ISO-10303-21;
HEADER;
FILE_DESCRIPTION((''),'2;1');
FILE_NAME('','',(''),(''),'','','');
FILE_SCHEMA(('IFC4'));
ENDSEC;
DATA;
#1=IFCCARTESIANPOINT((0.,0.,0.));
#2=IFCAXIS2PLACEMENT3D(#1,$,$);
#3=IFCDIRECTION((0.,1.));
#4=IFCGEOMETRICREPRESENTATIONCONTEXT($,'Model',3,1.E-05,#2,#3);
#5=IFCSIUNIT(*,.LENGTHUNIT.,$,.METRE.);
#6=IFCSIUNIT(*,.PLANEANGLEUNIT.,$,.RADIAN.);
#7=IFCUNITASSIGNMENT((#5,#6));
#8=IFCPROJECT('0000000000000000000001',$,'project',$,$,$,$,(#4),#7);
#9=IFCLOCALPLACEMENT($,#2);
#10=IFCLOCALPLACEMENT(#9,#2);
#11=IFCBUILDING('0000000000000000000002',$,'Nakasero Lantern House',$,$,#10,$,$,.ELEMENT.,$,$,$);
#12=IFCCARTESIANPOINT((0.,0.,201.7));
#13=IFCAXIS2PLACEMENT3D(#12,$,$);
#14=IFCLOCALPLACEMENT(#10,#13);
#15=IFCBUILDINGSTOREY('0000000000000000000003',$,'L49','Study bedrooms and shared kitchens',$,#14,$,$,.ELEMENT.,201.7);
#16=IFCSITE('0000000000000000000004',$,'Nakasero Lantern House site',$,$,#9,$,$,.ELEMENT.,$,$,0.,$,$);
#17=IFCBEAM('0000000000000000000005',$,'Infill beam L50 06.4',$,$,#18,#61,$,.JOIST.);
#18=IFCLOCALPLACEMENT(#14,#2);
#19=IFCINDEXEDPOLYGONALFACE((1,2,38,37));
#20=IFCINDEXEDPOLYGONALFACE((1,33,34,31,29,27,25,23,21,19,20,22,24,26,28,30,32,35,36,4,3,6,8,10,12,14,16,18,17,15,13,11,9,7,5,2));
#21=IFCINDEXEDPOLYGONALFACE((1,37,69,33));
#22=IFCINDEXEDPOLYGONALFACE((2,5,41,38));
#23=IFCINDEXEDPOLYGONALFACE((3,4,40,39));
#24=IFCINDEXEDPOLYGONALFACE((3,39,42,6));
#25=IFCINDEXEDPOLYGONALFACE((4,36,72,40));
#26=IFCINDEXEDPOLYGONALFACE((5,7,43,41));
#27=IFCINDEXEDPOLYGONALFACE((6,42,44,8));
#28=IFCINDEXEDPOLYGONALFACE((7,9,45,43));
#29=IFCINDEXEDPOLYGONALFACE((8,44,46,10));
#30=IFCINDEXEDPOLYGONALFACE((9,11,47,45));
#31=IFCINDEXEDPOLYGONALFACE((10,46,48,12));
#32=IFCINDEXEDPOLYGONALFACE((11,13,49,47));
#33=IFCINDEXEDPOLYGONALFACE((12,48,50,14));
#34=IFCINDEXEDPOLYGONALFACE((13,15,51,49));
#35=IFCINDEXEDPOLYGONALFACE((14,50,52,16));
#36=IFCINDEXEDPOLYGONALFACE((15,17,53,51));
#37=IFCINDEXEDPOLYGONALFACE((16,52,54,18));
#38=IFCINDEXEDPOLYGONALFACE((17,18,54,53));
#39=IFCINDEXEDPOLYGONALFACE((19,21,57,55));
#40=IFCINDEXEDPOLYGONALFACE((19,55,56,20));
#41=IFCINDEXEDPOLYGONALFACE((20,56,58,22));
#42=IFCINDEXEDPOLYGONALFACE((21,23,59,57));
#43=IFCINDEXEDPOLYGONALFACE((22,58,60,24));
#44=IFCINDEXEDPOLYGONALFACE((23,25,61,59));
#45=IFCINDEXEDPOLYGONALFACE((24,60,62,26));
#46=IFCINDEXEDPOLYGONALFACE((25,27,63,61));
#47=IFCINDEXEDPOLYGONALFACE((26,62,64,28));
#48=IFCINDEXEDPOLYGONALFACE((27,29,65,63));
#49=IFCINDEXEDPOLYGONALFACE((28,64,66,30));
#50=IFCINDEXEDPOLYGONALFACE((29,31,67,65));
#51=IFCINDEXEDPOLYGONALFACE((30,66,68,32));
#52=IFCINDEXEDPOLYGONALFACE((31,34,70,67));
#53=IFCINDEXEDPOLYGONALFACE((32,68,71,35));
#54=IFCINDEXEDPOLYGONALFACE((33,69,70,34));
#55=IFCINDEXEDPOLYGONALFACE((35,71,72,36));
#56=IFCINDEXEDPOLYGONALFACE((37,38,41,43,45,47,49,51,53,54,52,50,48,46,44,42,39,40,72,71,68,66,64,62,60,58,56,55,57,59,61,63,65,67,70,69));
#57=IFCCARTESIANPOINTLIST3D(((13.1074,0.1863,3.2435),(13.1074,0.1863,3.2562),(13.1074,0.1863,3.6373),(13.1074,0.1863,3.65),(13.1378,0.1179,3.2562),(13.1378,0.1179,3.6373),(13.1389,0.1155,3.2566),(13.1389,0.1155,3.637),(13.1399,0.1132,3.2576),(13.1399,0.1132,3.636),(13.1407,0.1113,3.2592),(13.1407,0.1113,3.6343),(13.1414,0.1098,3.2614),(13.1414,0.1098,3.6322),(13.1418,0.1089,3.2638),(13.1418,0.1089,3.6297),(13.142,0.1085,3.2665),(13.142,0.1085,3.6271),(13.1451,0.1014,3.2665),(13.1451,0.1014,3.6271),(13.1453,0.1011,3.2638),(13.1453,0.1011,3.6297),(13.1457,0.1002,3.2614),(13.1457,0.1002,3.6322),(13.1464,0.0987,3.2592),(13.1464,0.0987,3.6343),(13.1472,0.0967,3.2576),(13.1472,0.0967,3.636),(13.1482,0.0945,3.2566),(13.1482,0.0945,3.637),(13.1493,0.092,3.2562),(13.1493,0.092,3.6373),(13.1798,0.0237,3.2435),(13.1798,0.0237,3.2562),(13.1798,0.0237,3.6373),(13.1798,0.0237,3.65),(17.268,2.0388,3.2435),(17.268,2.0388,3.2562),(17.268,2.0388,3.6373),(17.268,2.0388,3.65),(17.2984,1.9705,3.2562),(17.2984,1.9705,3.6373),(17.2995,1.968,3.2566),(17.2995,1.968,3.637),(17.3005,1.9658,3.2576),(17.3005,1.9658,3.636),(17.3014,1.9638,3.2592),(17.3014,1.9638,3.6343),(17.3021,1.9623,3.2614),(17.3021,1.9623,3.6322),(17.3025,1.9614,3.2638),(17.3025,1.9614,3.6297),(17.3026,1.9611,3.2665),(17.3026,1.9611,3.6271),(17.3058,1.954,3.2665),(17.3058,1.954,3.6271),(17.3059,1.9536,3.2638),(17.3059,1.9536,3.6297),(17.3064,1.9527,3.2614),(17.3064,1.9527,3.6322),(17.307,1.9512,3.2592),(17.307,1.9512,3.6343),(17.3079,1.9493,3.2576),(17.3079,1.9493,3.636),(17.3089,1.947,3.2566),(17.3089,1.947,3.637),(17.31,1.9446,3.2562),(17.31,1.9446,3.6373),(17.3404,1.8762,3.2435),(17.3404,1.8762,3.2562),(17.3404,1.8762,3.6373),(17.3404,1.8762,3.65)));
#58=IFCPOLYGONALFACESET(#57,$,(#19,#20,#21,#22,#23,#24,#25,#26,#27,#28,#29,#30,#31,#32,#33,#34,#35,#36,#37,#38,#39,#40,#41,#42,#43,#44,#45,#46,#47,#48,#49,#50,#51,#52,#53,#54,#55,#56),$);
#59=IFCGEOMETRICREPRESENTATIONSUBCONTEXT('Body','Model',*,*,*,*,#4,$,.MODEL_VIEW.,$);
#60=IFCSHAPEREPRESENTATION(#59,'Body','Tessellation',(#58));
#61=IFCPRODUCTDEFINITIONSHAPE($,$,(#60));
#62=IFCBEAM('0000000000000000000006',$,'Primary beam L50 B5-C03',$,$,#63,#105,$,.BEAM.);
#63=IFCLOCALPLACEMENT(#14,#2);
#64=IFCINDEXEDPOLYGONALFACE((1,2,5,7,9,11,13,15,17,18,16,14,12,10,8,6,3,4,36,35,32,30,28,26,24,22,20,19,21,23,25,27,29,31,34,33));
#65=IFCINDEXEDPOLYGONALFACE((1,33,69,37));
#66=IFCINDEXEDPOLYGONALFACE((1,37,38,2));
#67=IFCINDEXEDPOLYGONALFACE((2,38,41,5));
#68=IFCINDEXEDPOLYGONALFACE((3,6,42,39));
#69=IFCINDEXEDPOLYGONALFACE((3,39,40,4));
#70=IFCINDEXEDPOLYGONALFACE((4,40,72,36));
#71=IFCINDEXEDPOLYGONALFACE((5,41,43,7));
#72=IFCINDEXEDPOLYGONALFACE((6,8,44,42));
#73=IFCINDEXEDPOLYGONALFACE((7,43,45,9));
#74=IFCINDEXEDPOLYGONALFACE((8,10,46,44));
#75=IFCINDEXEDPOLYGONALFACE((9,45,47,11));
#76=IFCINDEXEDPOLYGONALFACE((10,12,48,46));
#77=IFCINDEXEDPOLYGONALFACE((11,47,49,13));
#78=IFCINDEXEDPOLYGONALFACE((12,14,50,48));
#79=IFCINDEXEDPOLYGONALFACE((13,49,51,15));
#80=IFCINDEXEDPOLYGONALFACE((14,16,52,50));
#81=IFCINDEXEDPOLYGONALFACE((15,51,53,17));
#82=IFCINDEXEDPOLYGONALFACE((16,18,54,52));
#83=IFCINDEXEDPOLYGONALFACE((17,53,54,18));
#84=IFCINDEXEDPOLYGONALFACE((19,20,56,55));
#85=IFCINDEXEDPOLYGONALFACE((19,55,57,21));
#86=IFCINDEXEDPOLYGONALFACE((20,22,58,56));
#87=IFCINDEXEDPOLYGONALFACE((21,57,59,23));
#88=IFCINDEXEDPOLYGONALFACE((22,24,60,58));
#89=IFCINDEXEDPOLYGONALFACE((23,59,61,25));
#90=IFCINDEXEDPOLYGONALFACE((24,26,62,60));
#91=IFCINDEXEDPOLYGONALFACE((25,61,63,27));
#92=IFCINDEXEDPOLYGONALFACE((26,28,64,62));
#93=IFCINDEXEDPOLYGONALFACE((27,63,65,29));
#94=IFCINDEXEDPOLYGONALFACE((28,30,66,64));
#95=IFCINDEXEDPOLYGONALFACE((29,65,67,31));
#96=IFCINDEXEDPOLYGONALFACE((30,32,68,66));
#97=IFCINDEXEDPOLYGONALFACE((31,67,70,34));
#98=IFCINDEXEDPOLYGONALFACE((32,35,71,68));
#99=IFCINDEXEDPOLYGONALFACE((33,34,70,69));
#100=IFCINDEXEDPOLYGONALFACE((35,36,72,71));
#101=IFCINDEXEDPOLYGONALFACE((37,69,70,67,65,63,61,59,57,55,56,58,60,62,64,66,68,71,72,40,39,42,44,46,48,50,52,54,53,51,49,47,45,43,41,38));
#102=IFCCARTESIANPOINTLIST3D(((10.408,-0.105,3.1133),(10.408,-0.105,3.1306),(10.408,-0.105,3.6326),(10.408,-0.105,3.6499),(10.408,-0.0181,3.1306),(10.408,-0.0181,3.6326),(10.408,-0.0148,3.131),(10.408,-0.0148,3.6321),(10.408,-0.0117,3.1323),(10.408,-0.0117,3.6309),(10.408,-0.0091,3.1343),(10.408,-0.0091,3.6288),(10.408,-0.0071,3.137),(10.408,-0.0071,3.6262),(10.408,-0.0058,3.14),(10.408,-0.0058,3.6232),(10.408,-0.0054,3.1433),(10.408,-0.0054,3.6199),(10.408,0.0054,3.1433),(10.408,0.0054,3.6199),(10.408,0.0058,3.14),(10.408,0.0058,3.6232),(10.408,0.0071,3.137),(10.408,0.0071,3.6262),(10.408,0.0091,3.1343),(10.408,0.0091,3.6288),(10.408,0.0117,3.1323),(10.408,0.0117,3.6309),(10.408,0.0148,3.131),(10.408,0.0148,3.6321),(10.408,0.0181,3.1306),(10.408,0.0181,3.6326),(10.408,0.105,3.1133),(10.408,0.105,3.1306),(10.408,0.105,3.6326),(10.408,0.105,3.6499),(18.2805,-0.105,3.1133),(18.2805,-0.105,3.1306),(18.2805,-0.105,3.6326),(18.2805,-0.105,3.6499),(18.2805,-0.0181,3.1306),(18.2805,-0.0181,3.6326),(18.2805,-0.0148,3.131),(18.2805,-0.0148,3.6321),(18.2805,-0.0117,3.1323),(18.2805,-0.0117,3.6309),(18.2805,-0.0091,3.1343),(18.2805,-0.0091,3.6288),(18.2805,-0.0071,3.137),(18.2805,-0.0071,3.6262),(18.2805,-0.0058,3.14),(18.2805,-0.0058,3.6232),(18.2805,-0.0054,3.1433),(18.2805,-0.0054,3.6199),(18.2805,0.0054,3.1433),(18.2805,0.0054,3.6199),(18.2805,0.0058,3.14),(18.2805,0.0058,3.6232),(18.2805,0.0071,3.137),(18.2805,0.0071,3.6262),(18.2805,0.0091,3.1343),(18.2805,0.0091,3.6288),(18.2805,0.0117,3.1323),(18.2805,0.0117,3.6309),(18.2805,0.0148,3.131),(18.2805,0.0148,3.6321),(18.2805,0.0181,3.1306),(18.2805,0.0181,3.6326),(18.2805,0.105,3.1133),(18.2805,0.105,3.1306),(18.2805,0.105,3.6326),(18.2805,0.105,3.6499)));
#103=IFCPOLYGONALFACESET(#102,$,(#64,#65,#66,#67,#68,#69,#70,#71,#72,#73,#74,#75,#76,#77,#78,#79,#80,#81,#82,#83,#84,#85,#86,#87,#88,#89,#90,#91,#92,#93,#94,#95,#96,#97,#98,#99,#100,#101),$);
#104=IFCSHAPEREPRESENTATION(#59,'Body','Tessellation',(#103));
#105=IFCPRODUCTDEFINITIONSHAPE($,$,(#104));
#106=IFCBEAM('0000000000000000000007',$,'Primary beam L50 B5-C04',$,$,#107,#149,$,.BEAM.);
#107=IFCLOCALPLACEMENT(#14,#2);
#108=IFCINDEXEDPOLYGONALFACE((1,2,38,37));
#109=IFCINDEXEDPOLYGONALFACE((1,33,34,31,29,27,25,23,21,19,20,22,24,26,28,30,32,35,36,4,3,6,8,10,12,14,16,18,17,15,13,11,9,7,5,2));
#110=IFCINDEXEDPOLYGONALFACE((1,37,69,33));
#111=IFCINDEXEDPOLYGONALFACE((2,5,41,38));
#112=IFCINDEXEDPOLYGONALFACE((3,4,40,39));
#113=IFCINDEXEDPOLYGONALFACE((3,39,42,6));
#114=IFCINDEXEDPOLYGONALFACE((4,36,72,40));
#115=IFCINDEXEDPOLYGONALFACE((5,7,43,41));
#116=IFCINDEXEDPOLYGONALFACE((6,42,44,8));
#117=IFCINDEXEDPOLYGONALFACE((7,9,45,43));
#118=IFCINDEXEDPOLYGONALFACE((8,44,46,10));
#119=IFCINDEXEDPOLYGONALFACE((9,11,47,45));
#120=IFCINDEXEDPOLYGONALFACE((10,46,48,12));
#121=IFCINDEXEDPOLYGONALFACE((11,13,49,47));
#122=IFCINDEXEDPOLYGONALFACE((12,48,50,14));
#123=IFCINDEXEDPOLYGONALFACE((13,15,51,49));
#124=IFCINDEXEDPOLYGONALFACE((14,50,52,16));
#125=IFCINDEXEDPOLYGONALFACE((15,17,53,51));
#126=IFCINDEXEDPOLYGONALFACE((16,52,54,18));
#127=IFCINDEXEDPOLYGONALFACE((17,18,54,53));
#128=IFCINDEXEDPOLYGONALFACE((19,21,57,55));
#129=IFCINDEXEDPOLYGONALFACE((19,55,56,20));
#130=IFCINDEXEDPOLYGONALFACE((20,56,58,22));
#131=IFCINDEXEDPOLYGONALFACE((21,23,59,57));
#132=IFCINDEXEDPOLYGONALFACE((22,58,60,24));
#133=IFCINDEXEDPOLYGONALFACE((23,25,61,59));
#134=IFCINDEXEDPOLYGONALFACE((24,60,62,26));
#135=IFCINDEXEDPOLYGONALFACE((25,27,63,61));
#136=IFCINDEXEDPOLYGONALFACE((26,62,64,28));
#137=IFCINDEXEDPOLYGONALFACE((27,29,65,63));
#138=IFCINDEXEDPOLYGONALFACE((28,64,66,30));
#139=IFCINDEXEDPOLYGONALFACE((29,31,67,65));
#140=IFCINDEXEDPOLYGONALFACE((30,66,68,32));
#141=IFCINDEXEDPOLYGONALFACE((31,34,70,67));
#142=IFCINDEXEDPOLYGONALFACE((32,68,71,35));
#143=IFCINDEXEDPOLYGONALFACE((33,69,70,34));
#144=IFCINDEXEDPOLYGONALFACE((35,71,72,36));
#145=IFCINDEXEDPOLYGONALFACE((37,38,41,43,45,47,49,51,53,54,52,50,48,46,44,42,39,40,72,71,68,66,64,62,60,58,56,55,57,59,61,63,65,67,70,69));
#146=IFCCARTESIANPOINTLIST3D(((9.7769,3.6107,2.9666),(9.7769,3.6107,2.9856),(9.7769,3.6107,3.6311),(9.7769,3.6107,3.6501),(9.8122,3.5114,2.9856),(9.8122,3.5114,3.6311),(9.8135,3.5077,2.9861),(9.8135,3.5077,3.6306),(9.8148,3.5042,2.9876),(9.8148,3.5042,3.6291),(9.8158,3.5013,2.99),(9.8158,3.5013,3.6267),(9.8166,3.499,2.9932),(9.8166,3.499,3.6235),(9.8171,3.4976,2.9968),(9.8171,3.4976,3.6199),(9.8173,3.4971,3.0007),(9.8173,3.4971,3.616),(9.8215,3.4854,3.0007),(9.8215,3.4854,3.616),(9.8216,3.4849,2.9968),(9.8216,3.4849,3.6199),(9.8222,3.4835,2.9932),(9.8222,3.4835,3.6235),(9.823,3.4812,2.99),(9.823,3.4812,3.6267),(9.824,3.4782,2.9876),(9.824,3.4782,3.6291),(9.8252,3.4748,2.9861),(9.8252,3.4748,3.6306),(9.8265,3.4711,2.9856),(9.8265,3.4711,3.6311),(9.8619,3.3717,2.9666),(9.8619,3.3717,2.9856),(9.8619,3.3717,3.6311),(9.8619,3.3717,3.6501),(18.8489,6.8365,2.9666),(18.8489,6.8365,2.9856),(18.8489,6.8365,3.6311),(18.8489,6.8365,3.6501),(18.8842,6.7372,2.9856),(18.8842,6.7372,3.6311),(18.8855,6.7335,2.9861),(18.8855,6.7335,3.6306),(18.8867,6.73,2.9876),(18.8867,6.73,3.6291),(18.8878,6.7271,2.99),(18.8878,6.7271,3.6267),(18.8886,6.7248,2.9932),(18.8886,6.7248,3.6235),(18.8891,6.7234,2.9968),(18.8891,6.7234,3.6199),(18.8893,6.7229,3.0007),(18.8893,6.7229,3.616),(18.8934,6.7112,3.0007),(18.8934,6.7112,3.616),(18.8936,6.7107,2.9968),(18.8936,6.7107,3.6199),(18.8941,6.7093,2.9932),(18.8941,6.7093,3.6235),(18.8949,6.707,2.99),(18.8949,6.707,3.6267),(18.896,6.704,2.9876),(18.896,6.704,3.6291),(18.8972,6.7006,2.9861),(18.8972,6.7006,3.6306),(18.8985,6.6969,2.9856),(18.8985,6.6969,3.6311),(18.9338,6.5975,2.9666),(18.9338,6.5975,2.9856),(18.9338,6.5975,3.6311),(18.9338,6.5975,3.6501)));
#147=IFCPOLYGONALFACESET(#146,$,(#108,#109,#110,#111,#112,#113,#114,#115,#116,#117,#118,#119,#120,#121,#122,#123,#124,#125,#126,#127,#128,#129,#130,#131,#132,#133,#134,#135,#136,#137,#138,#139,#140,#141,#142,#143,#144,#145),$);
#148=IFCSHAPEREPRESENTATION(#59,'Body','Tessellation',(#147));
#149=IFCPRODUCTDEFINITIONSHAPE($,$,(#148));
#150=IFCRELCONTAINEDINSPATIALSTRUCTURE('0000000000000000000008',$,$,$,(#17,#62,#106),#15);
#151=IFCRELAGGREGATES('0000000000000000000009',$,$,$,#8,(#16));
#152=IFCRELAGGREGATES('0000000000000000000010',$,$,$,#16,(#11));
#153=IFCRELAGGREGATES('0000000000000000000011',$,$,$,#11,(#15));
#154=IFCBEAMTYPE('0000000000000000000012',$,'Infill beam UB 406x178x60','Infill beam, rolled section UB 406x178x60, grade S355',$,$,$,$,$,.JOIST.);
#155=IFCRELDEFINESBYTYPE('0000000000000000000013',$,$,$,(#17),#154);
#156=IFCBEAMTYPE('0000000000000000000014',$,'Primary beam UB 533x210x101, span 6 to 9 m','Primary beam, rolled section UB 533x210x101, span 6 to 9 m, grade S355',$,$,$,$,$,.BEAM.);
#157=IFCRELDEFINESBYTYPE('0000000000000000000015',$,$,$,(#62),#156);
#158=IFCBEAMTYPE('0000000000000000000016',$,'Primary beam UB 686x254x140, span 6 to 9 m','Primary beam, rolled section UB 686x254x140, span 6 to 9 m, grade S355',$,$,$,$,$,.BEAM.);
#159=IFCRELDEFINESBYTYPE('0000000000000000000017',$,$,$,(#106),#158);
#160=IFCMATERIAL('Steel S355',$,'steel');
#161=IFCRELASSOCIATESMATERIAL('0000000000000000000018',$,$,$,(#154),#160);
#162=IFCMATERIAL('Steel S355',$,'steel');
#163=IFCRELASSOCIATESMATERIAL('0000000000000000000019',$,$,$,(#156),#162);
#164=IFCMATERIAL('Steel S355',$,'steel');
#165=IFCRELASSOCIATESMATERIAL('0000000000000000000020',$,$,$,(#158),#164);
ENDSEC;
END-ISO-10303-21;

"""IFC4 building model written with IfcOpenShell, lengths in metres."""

from ifc_helpers import new_model, si_unit, direction, frame, origin, origin_2d, place, context, subcontext, project, spatial, i_section, extrude, material, material_profile, profile_set, type_object, element, save


model = new_model("IFC4")

# Units and contexts
model_context = context("Model", 3, precision=1e-05, world=origin(), true_north=direction((0.0, 1.0)))
body_context = subcontext(model_context, "Body", "Model", "MODEL_VIEW")
ifc_project = project(units=[si_unit("LENGTHUNIT", "METRE"), si_unit("PLANEANGLEUNIT", "RADIAN")], contexts=[model_context])

# Site, building, storey
site_placement = place(None, origin())
site = spatial("IfcSite", under=ifc_project, at=site_placement, Name="Nakasero Lantern House site", CompositionType="ELEMENT", RefElevation=0.0)
building_placement = place(site_placement, origin())
building = spatial("IfcBuilding", under=site, at=building_placement, Name="Nakasero Lantern House", CompositionType="ELEMENT")
storey_placement = place(building_placement, frame((0.0, 0.0, 201.7)))
storey = spatial("IfcBuildingStorey", under=building, at=storey_placement, Name="L49", Description="Study bedrooms and shared kitchens", CompositionType="ELEMENT", Elevation=201.7)

# Beams
ifc_material_1 = material(Name="Steel S355", Category="steel")
ifc_material_profile_1 = material_profile(ifc_material_1, i_section(OverallWidth=0.178, OverallDepth=0.4065, WebThickness=0.0078, FlangeThickness=0.0127, FilletRadius=0.0103, at=origin_2d()), Name="UB 406x178x60")
ifc_profile_set_1 = profile_set([ifc_material_profile_1], Name="Steel S355")
beam_type_1 = type_object("IfcBeamType", Name="Infill beam UB 406x178x60", Description="Infill beam, rolled section UB 406x178x60, grade S355", PredefinedType="JOIST", material=ifc_profile_set_1)
beam_1_placement = place(storey_placement, frame((13.1436, 0.105, 3.4468), z_axis=(0.913537, 0.406755, 0.0), x_axis=(-0.406755, 0.913537, 0.0)))
element("IfcBeam", 1, at=beam_1_placement, inside=storey, type_object=beam_type_1, Name="Infill beam L50 06.4", PredefinedType="JOIST", context=body_context, shape_type="SweptSolid", body=[
    extrude(i_section(OverallWidth=0.178, OverallDepth=0.4065, WebThickness=0.0078, FlangeThickness=0.0127, FilletRadius=0.0103, at=origin_2d()), origin(), (0.0, 0.0, 1.0), 4.5544),
])
ifc_material_2 = material(Name="Steel S355", Category="steel")
ifc_material_profile_2 = material_profile(ifc_material_2, i_section(OverallWidth=0.21, OverallDepth=0.5366, WebThickness=0.0107, FlangeThickness=0.0173, FilletRadius=0.0127, at=origin_2d()), Name="UB 533x210x101")
ifc_profile_set_2 = profile_set([ifc_material_profile_2], Name="Steel S355")
beam_type_2 = type_object("IfcBeamType", Name="Primary beam UB 533x210x101, span 6 to 9 m", Description="Primary beam, rolled section UB 533x210x101, span 6 to 9 m, grade S355", PredefinedType="BEAM", material=ifc_profile_set_2)
beam_2_placement = place(storey_placement, frame((18.2805, 0.0, 3.3816), z_axis=(-1.0, 0.0, 0.0), x_axis=(0.0, -1.0, 0.0)))
element("IfcBeam", 2, at=beam_2_placement, inside=storey, type_object=beam_type_2, Name="Primary beam L50 B5-C03", PredefinedType="BEAM", context=body_context, shape_type="SweptSolid", body=[
    extrude(i_section(OverallWidth=0.21, OverallDepth=0.5366, WebThickness=0.0107, FlangeThickness=0.0173, FilletRadius=0.0127, at=origin_2d()), origin(), (0.0, 0.0, 1.0), 7.8726),
])
ifc_material_3 = material(Name="Steel S355", Category="steel")
ifc_material_profile_3 = material_profile(ifc_material_3, i_section(OverallWidth=0.2537, OverallDepth=0.6836, WebThickness=0.0125, FlangeThickness=0.019, FilletRadius=0.0151, at=origin_2d()), Name="UB 686x254x140")
ifc_profile_set_3 = profile_set([ifc_material_profile_3], Name="Steel S355")
beam_type_3 = type_object("IfcBeamType", Name="Primary beam UB 686x254x140, span 6 to 9 m", Description="Primary beam, rolled section UB 686x254x140, span 6 to 9 m, grade S355", PredefinedType="BEAM", material=ifc_profile_set_3)
beam_3_placement = place(storey_placement, frame((18.8914, 6.717, 3.3083), z_axis=(-0.942207, -0.33503, 0.0), x_axis=(0.33503, -0.942207, 0.0)))
element("IfcBeam", 3, at=beam_3_placement, inside=storey, type_object=beam_type_3, Name="Primary beam L50 B5-C04", PredefinedType="BEAM", context=body_context, shape_type="SweptSolid", body=[
    extrude(i_section(OverallWidth=0.2537, OverallDepth=0.6836, WebThickness=0.0125, FlangeThickness=0.019, FilletRadius=0.0151, at=origin_2d()), origin(), (0.0, 0.0, 1.0), 9.6284),
])

save(model, "model.ifc")
